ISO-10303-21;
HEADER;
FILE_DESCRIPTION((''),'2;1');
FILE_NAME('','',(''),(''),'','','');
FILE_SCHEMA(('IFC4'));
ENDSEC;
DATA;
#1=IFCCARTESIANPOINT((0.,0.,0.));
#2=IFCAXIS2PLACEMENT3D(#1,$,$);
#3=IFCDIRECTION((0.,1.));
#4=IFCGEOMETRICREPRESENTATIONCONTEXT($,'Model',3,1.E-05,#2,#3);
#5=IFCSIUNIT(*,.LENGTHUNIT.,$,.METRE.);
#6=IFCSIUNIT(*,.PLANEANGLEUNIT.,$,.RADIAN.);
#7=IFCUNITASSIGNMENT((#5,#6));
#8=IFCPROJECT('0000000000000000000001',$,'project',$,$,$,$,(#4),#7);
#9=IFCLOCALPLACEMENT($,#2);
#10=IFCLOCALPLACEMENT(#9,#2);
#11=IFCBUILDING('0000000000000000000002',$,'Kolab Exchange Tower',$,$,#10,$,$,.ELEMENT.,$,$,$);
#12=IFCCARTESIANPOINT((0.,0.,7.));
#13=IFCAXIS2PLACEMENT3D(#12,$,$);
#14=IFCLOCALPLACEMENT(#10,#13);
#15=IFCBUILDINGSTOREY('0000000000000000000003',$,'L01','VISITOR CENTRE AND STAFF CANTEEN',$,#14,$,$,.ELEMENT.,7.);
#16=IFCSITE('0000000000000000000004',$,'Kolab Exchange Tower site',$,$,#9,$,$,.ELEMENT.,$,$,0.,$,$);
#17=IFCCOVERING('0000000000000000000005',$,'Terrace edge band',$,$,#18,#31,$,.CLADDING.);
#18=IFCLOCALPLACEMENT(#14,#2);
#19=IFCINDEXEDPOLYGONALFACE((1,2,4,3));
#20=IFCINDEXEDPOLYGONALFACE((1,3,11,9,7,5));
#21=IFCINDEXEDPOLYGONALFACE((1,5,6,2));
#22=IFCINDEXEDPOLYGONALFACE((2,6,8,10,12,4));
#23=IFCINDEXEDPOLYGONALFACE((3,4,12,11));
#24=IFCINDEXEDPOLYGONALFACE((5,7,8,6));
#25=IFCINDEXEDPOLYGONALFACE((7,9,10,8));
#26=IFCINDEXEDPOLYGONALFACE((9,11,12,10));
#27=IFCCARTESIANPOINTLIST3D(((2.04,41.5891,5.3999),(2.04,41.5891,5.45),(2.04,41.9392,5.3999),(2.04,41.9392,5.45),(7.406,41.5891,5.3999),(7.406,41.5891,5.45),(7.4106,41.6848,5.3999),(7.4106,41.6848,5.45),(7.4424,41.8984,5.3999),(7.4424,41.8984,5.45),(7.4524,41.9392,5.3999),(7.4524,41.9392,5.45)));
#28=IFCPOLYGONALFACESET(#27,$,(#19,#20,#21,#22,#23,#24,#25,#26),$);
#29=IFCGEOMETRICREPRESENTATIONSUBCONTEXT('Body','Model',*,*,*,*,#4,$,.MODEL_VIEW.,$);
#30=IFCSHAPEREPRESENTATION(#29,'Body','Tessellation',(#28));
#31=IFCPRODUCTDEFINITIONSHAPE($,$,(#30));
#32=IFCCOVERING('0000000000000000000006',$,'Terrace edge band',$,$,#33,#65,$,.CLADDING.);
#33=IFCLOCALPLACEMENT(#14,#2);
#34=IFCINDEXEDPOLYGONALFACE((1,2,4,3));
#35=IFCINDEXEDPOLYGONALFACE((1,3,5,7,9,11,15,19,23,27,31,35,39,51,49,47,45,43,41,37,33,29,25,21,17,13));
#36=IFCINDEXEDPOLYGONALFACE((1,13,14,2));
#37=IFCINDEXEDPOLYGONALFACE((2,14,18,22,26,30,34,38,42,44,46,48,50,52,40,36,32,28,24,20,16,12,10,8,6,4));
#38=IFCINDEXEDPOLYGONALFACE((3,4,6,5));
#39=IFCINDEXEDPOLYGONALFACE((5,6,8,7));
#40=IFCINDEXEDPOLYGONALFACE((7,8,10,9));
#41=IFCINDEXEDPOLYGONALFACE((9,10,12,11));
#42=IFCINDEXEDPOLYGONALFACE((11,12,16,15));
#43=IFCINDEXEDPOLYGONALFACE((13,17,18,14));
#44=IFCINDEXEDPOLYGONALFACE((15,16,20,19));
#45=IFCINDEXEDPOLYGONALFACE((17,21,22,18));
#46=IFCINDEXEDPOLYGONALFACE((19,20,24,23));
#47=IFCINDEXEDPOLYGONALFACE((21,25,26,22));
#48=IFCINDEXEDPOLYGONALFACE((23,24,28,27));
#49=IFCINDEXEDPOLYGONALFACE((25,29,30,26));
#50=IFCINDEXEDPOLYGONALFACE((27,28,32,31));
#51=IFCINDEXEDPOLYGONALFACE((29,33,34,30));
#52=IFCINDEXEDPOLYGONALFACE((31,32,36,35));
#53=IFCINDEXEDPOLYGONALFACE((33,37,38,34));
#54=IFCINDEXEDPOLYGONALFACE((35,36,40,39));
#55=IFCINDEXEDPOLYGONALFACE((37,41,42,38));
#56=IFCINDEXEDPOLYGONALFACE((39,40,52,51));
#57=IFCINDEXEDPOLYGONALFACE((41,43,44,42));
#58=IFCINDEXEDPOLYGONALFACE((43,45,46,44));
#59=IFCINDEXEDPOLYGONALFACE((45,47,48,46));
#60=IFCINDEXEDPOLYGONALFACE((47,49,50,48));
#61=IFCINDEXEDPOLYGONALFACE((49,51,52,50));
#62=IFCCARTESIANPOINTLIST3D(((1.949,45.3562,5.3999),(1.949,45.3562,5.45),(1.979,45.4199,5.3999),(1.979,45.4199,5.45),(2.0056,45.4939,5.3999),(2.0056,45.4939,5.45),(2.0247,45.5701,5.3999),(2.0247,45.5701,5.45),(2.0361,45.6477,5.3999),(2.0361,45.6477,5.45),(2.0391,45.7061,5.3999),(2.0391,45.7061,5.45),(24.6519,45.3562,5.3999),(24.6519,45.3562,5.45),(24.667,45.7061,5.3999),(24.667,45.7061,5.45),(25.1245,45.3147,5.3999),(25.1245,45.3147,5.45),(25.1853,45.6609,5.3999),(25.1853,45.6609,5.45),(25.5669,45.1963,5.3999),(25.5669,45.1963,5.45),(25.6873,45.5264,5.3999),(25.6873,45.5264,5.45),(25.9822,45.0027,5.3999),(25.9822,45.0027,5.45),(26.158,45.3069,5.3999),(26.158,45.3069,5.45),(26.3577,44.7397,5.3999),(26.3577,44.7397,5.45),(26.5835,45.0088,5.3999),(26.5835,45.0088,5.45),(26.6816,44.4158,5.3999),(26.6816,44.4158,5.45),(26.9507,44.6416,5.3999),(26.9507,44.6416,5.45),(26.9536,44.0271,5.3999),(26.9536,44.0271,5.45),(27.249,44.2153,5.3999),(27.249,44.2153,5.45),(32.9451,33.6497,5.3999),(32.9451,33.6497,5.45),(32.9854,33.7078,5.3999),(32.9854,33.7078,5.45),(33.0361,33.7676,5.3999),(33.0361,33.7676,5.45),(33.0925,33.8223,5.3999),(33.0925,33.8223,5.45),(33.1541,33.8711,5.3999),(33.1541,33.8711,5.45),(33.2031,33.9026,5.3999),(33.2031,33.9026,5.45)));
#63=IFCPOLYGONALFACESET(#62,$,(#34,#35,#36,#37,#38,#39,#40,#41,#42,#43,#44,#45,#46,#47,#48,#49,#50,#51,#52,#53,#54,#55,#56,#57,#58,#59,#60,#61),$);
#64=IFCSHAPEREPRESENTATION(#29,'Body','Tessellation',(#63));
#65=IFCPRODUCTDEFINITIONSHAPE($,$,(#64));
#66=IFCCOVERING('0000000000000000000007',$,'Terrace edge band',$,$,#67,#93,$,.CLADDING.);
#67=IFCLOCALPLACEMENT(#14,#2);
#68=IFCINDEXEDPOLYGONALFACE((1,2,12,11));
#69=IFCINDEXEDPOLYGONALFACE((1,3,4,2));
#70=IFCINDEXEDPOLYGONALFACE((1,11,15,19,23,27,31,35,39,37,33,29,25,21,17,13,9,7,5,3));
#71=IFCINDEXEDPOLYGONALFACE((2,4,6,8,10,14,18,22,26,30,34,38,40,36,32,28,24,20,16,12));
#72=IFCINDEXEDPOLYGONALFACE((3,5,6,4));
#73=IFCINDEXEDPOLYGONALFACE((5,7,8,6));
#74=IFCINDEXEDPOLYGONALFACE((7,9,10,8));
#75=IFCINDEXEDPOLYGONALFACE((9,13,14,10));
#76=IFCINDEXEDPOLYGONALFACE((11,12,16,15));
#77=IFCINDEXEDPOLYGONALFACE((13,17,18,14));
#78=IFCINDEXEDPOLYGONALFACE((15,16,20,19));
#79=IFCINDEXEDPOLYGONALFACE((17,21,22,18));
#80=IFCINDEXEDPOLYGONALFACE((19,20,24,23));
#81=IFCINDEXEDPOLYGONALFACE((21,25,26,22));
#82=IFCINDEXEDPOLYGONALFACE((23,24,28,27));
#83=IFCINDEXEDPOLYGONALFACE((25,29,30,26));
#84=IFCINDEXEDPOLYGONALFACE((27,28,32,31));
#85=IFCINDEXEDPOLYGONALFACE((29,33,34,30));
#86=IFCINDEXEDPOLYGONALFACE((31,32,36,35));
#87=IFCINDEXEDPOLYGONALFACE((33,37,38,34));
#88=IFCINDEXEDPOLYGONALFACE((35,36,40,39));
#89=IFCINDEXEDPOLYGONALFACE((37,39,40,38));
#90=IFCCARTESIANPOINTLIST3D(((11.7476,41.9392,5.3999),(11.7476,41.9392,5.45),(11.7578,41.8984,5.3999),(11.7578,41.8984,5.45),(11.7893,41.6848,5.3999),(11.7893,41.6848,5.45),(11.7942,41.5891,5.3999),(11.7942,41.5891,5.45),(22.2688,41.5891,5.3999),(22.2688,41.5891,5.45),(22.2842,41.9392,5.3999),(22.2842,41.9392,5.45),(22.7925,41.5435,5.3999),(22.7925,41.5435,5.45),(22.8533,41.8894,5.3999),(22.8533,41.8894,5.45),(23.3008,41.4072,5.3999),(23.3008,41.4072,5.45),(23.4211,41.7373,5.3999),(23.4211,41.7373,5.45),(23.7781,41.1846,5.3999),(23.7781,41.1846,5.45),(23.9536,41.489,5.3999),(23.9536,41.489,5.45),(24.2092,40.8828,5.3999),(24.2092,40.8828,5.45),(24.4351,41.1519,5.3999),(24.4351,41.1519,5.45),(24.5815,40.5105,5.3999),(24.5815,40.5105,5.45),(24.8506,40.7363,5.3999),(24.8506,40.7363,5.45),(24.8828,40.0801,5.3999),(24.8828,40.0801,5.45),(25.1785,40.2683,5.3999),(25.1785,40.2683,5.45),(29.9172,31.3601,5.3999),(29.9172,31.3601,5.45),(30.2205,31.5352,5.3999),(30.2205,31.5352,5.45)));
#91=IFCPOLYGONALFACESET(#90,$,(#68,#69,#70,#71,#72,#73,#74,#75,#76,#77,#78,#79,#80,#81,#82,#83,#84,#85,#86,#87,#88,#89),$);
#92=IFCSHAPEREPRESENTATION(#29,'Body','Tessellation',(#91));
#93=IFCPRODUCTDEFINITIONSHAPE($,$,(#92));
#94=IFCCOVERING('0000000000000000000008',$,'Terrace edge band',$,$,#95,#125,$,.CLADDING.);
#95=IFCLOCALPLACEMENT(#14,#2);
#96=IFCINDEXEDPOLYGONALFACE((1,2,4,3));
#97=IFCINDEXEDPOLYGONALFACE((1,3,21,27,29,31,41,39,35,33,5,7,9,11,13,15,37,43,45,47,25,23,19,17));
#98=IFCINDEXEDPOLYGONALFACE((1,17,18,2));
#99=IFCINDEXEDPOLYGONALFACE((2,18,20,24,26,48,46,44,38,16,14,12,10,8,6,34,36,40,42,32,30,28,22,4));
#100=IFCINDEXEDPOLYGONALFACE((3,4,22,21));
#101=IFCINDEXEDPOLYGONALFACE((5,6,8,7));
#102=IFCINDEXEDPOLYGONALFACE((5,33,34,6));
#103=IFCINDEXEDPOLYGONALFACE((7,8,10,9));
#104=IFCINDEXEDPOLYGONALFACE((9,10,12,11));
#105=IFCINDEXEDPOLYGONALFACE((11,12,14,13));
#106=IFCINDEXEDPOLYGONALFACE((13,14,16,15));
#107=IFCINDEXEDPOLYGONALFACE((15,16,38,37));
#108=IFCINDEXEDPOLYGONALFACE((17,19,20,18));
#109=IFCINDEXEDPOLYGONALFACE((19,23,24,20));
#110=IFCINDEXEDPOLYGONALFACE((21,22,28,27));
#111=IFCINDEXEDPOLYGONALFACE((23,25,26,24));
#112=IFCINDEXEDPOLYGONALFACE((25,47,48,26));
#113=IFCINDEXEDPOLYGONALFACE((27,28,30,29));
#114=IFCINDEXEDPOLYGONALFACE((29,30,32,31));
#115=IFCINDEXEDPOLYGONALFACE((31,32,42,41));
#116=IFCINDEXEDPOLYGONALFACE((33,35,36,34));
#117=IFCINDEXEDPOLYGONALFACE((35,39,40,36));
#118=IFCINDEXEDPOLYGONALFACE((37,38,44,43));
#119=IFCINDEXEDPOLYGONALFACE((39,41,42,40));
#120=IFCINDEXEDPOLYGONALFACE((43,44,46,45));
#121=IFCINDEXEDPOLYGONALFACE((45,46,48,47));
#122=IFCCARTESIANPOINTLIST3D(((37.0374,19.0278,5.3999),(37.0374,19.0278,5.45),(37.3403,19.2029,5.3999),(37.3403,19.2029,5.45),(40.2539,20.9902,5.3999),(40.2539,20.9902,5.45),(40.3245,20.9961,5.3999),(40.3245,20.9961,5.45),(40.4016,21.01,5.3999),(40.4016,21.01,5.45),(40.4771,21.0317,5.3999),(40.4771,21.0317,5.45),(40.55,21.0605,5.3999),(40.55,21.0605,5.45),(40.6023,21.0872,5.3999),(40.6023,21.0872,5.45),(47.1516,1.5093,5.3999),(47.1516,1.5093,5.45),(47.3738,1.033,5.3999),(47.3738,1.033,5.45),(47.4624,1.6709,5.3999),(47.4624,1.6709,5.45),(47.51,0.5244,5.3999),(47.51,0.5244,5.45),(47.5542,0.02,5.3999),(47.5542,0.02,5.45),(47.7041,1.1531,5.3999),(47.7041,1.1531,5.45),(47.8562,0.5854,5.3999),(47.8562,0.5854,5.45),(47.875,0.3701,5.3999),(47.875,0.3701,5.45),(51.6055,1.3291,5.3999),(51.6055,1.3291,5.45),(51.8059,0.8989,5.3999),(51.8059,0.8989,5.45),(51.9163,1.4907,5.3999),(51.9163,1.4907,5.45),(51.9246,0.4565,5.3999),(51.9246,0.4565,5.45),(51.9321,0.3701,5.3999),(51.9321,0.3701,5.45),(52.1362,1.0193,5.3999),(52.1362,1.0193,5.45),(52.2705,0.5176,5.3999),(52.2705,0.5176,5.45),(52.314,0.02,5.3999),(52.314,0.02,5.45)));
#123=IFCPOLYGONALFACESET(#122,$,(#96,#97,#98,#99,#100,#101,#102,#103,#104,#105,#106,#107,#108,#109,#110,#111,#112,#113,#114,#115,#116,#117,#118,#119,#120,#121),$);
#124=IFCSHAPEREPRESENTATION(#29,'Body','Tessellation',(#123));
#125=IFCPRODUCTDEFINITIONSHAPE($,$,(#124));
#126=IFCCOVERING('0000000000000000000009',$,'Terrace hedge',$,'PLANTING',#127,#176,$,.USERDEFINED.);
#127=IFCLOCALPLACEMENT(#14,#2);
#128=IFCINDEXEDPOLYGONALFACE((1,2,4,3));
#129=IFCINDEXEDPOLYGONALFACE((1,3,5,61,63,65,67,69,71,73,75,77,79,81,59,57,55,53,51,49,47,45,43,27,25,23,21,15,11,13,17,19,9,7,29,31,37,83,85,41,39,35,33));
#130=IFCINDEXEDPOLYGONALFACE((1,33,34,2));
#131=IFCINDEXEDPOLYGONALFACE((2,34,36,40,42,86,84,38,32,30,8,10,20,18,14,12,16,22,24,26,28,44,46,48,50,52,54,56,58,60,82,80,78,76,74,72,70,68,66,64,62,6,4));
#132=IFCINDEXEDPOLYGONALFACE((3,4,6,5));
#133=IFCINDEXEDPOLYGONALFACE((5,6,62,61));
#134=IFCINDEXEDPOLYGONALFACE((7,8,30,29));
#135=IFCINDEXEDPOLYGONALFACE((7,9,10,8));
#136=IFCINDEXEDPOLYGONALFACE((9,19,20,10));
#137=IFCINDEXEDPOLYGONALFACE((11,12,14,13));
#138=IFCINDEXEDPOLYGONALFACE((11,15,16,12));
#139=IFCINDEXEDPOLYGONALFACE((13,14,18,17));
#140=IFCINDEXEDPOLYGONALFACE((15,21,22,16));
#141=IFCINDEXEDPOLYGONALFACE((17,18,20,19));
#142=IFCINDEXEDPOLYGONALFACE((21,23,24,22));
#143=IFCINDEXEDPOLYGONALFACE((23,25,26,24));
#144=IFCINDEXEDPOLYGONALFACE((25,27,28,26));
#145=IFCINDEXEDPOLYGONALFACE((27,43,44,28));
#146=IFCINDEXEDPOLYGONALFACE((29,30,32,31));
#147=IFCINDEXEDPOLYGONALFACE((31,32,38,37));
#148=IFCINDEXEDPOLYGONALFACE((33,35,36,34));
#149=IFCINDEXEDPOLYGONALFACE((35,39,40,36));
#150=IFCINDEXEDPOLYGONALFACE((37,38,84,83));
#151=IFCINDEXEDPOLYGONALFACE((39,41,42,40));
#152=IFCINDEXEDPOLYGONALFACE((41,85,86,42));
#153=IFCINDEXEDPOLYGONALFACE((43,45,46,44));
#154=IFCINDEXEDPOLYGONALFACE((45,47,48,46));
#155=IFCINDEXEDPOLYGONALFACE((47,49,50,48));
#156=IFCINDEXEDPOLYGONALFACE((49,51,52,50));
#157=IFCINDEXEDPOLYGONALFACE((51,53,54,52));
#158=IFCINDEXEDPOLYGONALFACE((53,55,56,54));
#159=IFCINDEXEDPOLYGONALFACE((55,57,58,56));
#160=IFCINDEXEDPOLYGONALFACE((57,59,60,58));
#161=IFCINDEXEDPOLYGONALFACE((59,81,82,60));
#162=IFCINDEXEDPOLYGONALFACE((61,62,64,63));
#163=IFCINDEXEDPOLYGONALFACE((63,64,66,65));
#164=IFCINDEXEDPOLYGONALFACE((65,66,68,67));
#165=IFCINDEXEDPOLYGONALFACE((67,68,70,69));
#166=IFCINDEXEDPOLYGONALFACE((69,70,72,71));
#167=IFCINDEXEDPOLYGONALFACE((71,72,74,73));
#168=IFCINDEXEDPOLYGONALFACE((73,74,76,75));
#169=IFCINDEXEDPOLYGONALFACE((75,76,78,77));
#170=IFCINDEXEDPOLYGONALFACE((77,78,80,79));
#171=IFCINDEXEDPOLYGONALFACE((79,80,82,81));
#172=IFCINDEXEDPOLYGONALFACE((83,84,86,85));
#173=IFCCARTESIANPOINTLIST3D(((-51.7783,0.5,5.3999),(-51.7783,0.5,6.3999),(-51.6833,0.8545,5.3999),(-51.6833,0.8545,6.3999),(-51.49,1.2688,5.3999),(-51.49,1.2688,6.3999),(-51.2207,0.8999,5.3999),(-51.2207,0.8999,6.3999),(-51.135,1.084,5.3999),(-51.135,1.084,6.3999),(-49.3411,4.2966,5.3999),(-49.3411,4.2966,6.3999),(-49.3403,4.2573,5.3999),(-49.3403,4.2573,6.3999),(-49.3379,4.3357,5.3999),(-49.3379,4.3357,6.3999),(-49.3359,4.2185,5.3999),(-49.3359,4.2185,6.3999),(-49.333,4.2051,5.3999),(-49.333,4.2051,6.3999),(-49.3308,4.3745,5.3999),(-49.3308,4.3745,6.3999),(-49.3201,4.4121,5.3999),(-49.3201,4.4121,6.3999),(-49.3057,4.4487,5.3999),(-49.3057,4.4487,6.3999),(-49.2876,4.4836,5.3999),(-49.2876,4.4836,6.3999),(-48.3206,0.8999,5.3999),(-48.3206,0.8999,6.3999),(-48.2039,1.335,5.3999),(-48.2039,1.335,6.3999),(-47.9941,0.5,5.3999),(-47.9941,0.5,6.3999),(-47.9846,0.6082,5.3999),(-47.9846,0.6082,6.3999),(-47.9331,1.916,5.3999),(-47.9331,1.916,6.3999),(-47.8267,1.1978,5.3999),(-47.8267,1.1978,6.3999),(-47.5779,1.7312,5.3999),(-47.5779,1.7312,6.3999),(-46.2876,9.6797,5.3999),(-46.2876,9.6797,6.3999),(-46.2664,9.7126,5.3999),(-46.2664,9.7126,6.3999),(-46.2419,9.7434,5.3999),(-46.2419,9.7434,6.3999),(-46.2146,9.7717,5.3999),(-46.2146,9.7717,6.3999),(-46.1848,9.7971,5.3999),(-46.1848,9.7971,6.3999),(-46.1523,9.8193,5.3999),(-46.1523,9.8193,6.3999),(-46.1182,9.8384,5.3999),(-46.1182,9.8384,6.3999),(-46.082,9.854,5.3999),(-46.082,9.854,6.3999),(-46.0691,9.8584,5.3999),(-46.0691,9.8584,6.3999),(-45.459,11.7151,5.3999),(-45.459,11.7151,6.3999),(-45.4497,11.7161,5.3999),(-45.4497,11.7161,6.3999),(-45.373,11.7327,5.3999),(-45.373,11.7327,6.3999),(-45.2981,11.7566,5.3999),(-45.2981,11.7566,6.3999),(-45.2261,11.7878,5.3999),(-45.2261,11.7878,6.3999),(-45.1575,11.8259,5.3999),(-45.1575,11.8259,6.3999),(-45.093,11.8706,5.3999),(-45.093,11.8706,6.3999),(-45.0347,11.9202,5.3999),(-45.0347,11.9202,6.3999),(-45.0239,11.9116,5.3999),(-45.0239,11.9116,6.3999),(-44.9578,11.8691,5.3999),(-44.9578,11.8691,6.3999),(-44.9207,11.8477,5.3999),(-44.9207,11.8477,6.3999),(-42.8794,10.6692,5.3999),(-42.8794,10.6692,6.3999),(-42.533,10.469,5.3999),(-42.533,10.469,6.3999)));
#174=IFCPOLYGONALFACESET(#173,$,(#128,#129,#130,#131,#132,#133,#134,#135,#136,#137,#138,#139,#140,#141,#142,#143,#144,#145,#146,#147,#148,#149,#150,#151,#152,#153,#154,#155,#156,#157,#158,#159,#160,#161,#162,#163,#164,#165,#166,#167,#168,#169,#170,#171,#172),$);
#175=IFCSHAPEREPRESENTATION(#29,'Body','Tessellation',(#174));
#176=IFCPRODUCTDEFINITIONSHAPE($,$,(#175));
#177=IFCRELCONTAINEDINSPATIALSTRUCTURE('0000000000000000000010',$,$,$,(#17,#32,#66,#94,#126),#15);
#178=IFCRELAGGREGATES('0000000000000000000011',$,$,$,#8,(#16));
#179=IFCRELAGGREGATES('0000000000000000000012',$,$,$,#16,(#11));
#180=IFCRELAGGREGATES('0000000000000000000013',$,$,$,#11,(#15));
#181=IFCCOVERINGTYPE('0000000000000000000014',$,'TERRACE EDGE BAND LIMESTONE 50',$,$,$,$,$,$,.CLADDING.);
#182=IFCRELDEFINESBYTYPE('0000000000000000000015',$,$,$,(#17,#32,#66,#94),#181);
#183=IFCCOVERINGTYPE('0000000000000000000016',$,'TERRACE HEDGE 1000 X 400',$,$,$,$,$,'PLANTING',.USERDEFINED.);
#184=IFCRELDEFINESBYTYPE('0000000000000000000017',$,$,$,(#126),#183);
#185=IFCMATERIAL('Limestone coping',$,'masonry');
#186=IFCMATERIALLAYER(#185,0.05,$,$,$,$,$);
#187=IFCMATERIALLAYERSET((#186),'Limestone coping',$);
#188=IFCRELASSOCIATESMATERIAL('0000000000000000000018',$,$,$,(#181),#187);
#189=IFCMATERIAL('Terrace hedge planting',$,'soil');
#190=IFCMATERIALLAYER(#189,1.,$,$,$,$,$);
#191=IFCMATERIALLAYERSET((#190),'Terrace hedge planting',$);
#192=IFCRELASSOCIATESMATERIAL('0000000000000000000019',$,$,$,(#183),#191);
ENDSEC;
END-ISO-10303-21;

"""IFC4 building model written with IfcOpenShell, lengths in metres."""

from ifc_helpers import new_model, si_unit, direction, frame, origin, place, context, subcontext, project, spatial, polyline, outline, extrude, material, layer, layer_set, type_object, element, save


model = new_model("IFC4")

# Units and contexts
model_context = context("Model", 3, precision=1e-05, world=origin(), true_north=direction((0.0, 1.0)))
body_context = subcontext(model_context, "Body", "Model", "MODEL_VIEW")
ifc_project = project(units=[si_unit("LENGTHUNIT", "METRE"), si_unit("PLANEANGLEUNIT", "RADIAN")], contexts=[model_context])

# Site, building, storey
site_placement = place(None, origin())
site = spatial("IfcSite", under=ifc_project, at=site_placement, Name="Kolab Exchange Tower site", CompositionType="ELEMENT", RefElevation=0.0)
building_placement = place(site_placement, origin())
building = spatial("IfcBuilding", under=site, at=building_placement, Name="Kolab Exchange Tower", CompositionType="ELEMENT")
storey_placement = place(building_placement, frame((0.0, 0.0, 7.0)))
storey = spatial("IfcBuildingStorey", under=building, at=storey_placement, Name="L01", Description="VISITOR CENTRE AND STAFF CANTEEN", CompositionType="ELEMENT", Elevation=7.0)

# Coverings
ifc_material_1 = material(Name="Limestone coping", Category="masonry")
ifc_layer_1 = layer(ifc_material_1, 0.05)
ifc_layer_set_1 = layer_set([ifc_layer_1], Name="Limestone coping")
covering_type_1 = type_object("IfcCoveringType", Name="TERRACE EDGE BAND LIMESTONE 50", PredefinedType="CLADDING", material=ifc_layer_set_1)
covering_1_placement = place(storey_placement, frame((0.0, 0.0, 5.3999)))
element("IfcCovering", 1, at=covering_1_placement, inside=storey, type_object=covering_type_1, Name="Terrace edge band", PredefinedType="CLADDING", context=body_context, shape_type="SweptSolid", body=[
    extrude(outline(polyline([(2.04, 41.5891), (2.04, 41.9392), (7.4524, 41.9392), (7.4424, 41.8984), (7.4106, 41.6848), (7.406, 41.5891), (2.04, 41.5891)])), origin(), (0.0, 0.0, 1.0), 0.05),
])
covering_2_placement = place(storey_placement, frame((0.0, 0.0, 5.3999)))
element("IfcCovering", 2, at=covering_2_placement, inside=storey, type_object=covering_type_1, Name="Terrace edge band", PredefinedType="CLADDING", context=body_context, shape_type="SweptSolid", body=[
    extrude(outline(polyline([(24.667, 45.7061), (25.1853, 45.6609), (25.6873, 45.5264), (26.158, 45.3069), (26.5835, 45.0088), (26.9507, 44.6416), (27.249, 44.2153), (33.2031, 33.9026), (33.1541, 33.8711), (33.0925, 33.8223), (33.0361, 33.7676), (32.9854, 33.7078), (32.9451, 33.6497), (26.9536, 44.0271), (26.6816, 44.4158), (26.3577, 44.7397), (25.9822, 45.0027), (25.5669, 45.1963), (25.1245, 45.3147), (24.6519, 45.3562), (1.949, 45.3562), (1.979, 45.4199), (2.0056, 45.4939), (2.0247, 45.5701), (2.0361, 45.6477), (2.0391, 45.7061), (24.667, 45.7061)])), origin(), (0.0, 0.0, 1.0), 0.05),
])
covering_3_placement = place(storey_placement, frame((0.0, 0.0, 5.3999)))
element("IfcCovering", 3, at=covering_3_placement, inside=storey, type_object=covering_type_1, Name="Terrace edge band", PredefinedType="CLADDING", context=body_context, shape_type="SweptSolid", body=[
    extrude(outline(polyline([(24.8828, 40.0801), (24.5815, 40.5105), (24.2092, 40.8828), (23.7781, 41.1846), (23.3008, 41.4072), (22.7925, 41.5435), (22.2688, 41.5891), (11.7942, 41.5891), (11.7893, 41.6848), (11.7578, 41.8984), (11.7476, 41.9392), (22.2842, 41.9392), (22.8533, 41.8894), (23.4211, 41.7373), (23.9536, 41.489), (24.4351, 41.1519), (24.8506, 40.7363), (25.1785, 40.2683), (30.2205, 31.5352), (29.9172, 31.3601), (24.8828, 40.0801)])), origin(), (0.0, 0.0, 1.0), 0.05),
])
covering_4_placement = place(storey_placement, frame((0.0, 0.0, 5.3999)))
element("IfcCovering", 4, at=covering_4_placement, inside=storey, type_object=covering_type_1, Name="Terrace edge band", PredefinedType="CLADDING", context=body_context, shape_type="SweptSolid", body=[
    extrude(outline(polyline([(51.9163, 1.4907), (52.1362, 1.0193), (52.2705, 0.5176), (52.314, 0.02), (47.5542, 0.02), (47.51, 0.5244), (47.3738, 1.033), (47.1516, 1.5093), (37.0374, 19.0278), (37.3403, 19.2029), (47.4624, 1.6709), (47.7041, 1.1531), (47.8562, 0.5854), (47.875, 0.3701), (51.9321, 0.3701), (51.9246, 0.4565), (51.8059, 0.8989), (51.6055, 1.3291), (40.2539, 20.9902), (40.3245, 20.9961), (40.4016, 21.01), (40.4771, 21.0317), (40.55, 21.0605), (40.6023, 21.0872), (51.9163, 1.4907)])), origin(), (0.0, 0.0, 1.0), 0.05),
])
ifc_material_2 = material(Name="Terrace hedge planting", Category="soil")
ifc_layer_2 = layer(ifc_material_2, 1.0)
ifc_layer_set_2 = layer_set([ifc_layer_2], Name="Terrace hedge planting")
covering_type_2 = type_object("IfcCoveringType", Name="TERRACE HEDGE 1000 X 400", ElementType="PLANTING", PredefinedType="USERDEFINED", material=ifc_layer_set_2)
covering_5_placement = place(storey_placement, frame((0.0, 0.0, 5.3999)))
element("IfcCovering", 5, at=covering_5_placement, inside=storey, type_object=covering_type_2, Name="Terrace hedge", ObjectType="PLANTING", PredefinedType="USERDEFINED", context=body_context, shape_type="SweptSolid", body=[
    extrude(outline(polyline([(-51.49, 1.2688), (-45.459, 11.7151), (-45.4497, 11.7161), (-45.373, 11.7327), (-45.2981, 11.7566), (-45.2261, 11.7878), (-45.1575, 11.8259), (-45.093, 11.8706), (-45.0347, 11.9202), (-45.0239, 11.9116), (-44.9578, 11.8691), (-44.9207, 11.8477), (-46.0691, 9.8584), (-46.082, 9.854), (-46.1182, 9.8384), (-46.1523, 9.8193), (-46.1848, 9.7971), (-46.2146, 9.7717), (-46.2419, 9.7434), (-46.2664, 9.7126), (-46.2876, 9.6797), (-49.2876, 4.4836), (-49.3057, 4.4487), (-49.3201, 4.4121), (-49.3308, 4.3745), (-49.3379, 4.3357), (-49.3411, 4.2966), (-49.3403, 4.2573), (-49.3359, 4.2185), (-49.333, 4.2051), (-51.135, 1.084), (-51.2207, 0.8999), (-48.3206, 0.8999), (-48.2039, 1.335), (-47.9331, 1.916), (-42.8794, 10.6692), (-42.533, 10.469), (-47.5779, 1.7312), (-47.8267, 1.1978), (-47.9846, 0.6082), (-47.9941, 0.5), (-51.7783, 0.5), (-51.6833, 0.8545), (-51.49, 1.2688)])), origin(), (0.0, 0.0, 1.0), 1.0),
])

save(model, "model.ifc")
